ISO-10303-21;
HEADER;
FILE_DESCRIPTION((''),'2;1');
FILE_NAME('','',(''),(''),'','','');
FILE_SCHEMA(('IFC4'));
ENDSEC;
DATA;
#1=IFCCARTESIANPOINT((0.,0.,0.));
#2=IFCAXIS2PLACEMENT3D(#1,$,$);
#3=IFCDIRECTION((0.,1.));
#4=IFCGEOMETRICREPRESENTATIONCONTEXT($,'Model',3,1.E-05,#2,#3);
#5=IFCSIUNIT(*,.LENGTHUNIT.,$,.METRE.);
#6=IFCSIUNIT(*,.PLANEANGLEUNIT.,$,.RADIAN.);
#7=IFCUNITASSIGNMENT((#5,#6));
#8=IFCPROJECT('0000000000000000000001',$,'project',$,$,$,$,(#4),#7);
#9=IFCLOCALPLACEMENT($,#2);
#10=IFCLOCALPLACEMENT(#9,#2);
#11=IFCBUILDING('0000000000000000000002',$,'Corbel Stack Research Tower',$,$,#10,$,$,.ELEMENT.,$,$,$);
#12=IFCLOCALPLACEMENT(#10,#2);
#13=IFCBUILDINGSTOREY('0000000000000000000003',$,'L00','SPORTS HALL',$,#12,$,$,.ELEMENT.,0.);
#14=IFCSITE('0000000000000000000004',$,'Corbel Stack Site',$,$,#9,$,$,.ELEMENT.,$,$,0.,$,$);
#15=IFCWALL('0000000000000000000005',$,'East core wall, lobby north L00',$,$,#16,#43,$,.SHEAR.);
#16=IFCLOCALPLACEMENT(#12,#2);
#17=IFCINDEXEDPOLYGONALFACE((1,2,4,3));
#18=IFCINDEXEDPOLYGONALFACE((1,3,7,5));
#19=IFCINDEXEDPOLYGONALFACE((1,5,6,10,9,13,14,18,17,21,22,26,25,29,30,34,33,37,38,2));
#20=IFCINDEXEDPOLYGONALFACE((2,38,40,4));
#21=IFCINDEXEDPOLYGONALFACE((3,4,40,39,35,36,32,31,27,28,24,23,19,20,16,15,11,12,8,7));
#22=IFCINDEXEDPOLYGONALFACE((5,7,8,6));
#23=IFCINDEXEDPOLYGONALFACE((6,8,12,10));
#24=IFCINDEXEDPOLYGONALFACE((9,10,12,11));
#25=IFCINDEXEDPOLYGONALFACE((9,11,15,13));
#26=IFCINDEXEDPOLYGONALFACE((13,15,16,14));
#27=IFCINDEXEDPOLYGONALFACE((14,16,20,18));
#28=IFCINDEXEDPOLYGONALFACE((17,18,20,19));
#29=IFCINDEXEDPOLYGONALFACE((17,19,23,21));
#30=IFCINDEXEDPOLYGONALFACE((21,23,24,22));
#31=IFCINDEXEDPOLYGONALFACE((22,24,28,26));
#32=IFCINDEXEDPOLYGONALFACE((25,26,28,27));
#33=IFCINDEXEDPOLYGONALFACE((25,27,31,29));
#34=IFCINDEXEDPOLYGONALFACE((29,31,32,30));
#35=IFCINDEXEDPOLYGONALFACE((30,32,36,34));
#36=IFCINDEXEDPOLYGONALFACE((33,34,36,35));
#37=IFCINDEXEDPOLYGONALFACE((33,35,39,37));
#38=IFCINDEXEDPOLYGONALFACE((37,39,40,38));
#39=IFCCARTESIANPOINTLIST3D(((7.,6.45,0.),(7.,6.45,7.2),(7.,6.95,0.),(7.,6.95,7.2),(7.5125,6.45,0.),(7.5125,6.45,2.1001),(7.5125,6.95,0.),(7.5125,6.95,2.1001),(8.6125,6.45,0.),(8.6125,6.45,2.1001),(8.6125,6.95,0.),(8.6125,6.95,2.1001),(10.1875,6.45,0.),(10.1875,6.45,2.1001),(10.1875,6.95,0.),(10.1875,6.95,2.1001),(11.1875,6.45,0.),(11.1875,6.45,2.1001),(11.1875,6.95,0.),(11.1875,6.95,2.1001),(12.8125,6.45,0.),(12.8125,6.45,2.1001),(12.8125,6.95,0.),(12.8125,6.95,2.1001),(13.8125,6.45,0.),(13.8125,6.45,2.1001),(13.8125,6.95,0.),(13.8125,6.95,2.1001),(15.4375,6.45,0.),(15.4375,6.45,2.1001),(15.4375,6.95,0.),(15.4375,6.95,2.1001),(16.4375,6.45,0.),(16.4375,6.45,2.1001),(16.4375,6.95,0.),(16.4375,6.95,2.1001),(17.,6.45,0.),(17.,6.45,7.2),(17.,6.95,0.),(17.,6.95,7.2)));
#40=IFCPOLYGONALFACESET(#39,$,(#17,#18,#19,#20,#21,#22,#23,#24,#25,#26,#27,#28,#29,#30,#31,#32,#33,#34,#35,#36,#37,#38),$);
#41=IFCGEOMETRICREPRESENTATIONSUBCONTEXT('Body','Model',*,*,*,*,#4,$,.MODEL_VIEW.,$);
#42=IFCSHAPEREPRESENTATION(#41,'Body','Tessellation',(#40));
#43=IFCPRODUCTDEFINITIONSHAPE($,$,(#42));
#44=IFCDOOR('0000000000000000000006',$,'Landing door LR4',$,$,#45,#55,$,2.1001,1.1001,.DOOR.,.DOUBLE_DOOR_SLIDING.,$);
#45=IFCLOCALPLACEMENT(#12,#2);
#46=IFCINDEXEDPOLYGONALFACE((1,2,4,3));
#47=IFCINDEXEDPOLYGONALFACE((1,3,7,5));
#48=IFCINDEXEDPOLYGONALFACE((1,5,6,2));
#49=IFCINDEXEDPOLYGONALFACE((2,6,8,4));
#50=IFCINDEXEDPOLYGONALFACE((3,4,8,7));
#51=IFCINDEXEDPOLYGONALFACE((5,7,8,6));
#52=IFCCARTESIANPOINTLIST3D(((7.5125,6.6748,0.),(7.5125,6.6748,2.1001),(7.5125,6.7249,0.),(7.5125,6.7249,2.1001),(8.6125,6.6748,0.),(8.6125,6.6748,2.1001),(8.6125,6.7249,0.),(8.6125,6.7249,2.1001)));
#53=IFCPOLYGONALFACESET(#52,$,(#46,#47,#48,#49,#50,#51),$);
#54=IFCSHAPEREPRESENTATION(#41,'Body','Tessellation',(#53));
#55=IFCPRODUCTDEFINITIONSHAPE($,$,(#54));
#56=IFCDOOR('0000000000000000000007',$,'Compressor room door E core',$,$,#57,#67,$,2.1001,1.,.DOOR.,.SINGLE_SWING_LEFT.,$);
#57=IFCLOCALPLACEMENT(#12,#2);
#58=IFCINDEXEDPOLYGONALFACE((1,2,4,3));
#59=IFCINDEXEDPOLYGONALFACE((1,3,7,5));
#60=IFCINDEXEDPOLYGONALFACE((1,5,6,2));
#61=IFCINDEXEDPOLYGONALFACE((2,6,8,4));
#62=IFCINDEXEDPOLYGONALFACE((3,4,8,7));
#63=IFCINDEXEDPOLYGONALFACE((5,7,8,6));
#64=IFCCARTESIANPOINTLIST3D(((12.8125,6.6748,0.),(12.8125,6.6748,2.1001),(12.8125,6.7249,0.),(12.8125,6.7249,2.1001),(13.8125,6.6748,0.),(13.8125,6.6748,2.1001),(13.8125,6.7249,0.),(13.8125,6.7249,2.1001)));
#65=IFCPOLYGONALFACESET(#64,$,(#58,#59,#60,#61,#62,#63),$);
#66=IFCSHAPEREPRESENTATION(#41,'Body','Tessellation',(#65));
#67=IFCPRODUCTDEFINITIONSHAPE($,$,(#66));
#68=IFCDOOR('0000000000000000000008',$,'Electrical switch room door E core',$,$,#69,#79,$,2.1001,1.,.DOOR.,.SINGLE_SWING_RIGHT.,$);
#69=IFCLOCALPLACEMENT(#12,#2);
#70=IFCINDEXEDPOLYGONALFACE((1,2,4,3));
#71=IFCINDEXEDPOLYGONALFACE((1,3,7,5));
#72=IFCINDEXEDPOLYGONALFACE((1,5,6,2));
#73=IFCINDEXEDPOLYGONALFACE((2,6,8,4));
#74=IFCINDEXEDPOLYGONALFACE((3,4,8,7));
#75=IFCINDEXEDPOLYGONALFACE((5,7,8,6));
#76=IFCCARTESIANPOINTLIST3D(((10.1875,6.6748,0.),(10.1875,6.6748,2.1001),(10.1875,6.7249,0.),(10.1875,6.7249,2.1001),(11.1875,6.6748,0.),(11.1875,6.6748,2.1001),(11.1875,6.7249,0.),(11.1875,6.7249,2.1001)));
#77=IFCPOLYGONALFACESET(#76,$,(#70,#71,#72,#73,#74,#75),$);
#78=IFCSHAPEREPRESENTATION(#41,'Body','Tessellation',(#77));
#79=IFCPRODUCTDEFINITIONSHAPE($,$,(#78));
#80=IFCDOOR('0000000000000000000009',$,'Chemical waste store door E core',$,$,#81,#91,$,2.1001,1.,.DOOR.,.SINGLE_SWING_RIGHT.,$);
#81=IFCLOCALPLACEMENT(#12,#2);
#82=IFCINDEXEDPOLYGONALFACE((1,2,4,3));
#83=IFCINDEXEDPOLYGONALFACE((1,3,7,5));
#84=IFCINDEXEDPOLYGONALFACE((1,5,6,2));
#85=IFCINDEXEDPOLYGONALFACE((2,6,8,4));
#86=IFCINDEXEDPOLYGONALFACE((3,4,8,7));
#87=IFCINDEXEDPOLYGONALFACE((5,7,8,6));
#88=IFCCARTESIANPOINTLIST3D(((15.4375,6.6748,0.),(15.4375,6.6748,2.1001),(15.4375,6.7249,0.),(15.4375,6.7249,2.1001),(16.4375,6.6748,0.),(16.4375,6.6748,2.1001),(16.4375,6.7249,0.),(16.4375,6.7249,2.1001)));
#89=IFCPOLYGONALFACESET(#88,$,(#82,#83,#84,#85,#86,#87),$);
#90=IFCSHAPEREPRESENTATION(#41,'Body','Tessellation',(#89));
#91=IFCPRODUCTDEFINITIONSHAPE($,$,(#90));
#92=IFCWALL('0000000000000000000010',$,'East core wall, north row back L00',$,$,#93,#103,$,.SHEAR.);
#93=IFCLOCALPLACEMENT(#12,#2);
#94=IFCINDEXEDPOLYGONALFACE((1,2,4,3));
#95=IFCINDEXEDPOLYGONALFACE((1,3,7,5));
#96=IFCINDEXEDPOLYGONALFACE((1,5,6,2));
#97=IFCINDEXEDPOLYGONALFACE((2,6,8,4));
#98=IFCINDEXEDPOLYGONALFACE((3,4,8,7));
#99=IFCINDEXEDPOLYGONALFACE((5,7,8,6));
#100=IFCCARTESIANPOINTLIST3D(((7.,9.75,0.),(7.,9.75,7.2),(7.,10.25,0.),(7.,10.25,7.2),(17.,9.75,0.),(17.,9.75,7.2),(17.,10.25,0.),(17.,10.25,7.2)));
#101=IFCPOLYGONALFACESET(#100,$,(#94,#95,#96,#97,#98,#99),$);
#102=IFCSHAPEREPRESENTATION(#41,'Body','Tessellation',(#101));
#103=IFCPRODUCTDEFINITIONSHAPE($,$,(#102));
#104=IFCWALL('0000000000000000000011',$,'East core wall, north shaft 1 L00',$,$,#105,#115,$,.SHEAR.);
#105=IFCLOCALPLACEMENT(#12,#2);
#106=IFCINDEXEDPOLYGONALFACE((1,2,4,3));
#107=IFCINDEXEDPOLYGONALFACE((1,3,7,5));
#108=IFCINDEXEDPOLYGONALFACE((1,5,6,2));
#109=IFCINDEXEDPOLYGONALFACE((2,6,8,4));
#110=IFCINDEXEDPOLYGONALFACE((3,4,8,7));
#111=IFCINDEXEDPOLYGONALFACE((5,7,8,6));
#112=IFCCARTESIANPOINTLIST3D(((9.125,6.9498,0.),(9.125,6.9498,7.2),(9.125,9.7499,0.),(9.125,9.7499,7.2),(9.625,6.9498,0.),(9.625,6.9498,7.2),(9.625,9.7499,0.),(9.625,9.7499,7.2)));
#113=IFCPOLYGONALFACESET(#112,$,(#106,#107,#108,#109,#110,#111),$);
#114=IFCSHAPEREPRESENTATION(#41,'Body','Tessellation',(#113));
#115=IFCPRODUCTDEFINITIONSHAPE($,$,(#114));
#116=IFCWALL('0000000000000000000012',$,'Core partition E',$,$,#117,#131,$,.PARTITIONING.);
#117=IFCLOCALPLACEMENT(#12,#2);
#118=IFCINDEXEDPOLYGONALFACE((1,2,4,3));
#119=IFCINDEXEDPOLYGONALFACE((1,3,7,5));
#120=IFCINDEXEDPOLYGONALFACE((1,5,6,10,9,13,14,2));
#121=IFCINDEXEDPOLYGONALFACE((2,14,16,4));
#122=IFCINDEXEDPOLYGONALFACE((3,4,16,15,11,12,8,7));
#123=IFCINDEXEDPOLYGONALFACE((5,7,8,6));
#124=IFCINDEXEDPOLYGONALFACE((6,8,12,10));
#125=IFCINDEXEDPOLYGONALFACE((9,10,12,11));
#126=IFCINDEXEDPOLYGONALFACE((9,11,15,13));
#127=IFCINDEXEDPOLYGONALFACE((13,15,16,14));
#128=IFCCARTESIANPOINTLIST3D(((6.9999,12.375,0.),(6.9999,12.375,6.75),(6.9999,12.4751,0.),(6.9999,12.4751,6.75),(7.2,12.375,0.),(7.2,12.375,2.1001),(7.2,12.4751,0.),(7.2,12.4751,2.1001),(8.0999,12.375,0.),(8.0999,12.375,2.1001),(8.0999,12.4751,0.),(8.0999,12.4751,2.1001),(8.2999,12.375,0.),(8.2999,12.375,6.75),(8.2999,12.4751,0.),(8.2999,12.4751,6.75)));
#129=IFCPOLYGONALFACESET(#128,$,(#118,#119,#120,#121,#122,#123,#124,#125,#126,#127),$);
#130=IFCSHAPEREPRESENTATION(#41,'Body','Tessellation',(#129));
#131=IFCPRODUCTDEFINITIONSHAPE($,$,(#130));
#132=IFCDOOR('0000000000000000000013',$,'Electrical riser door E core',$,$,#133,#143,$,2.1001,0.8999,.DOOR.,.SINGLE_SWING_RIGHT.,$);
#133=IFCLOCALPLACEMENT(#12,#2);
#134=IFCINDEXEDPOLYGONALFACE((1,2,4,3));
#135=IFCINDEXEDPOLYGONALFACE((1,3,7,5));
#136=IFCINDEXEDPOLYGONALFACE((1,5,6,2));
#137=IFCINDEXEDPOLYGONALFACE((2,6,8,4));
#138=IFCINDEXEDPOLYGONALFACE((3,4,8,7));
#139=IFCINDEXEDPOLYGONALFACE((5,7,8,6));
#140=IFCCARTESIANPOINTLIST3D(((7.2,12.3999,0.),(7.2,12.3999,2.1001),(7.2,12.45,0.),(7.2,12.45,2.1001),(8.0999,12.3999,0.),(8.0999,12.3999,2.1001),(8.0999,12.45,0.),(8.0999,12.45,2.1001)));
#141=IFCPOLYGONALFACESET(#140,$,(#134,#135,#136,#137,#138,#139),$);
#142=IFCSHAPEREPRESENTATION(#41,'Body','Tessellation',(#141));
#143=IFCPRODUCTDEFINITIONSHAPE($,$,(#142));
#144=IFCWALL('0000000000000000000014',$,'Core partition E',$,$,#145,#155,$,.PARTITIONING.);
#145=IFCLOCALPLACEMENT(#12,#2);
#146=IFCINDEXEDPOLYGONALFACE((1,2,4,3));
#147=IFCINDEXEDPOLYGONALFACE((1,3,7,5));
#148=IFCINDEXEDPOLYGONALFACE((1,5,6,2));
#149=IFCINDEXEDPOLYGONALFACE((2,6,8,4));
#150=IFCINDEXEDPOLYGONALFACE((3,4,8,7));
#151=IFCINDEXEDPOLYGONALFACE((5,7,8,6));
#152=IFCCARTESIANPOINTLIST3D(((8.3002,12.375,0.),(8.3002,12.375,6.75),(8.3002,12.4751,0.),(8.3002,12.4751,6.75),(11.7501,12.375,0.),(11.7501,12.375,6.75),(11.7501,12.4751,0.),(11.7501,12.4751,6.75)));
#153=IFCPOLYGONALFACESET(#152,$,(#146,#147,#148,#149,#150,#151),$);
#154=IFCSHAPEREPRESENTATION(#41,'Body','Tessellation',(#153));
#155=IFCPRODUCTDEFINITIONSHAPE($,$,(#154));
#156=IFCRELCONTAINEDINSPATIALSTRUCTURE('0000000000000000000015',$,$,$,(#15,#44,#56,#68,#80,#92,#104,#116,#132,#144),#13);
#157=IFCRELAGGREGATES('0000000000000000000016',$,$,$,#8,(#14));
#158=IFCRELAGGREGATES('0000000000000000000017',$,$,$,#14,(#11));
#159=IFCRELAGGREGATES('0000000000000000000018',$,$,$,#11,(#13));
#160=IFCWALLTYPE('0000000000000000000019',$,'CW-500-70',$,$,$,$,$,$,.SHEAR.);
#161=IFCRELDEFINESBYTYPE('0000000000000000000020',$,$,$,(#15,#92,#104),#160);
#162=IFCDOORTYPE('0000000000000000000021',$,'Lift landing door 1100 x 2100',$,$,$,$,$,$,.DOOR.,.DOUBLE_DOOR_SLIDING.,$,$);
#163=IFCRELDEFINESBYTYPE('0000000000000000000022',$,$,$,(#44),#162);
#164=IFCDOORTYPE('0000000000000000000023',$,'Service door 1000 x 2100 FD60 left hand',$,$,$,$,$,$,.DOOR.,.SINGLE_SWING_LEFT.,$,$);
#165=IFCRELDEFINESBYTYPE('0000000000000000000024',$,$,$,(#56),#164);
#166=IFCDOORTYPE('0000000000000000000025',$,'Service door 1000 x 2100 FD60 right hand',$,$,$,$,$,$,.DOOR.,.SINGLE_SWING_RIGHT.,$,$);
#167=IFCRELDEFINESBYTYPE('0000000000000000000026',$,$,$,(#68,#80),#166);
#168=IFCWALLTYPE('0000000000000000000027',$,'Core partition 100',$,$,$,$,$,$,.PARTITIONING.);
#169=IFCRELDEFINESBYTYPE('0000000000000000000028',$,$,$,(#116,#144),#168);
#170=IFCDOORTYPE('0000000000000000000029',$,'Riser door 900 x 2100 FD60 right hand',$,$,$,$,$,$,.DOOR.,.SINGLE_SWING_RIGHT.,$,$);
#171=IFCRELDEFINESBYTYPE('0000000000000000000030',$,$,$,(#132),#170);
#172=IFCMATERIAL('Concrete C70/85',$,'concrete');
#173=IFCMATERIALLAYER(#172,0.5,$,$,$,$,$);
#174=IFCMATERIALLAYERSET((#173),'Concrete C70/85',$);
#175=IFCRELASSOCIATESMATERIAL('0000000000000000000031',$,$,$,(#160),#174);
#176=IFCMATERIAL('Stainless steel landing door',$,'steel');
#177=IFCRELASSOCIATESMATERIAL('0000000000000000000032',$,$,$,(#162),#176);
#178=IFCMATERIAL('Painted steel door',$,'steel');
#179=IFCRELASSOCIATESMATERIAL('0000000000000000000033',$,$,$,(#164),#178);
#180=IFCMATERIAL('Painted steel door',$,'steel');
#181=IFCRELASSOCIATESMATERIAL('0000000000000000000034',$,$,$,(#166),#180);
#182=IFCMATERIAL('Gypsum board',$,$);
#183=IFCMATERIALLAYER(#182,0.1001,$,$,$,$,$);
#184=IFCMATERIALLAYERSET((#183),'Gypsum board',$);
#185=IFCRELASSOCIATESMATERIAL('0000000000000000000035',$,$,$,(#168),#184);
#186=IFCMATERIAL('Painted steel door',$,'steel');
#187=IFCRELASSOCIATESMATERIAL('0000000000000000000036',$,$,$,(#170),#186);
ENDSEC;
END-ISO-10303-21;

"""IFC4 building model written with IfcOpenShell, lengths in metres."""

from ifc_helpers import new_model, si_unit, direction, frame, frame_2d, origin, place, context, subcontext, project, spatial, rectangle, extrude, material, layer, layer_set, type_object, element, fill, save


model = new_model("IFC4")

# Units and contexts
model_context = context("Model", 3, precision=1e-05, world=origin(), true_north=direction((0.0, 1.0)))
body_context = subcontext(model_context, "Body", "Model", "MODEL_VIEW")
ifc_project = project(units=[si_unit("LENGTHUNIT", "METRE"), si_unit("PLANEANGLEUNIT", "RADIAN")], contexts=[model_context])

# Site, building, storey
site_placement = place(None, origin())
site = spatial("IfcSite", under=ifc_project, at=site_placement, Name="Corbel Stack Site", CompositionType="ELEMENT", RefElevation=0.0)
building_placement = place(site_placement, origin())
building = spatial("IfcBuilding", under=site, at=building_placement, Name="Corbel Stack Research Tower", CompositionType="ELEMENT")
storey_placement = place(building_placement, origin())
storey = spatial("IfcBuildingStorey", under=building, at=storey_placement, Name="L00", Description="SPORTS HALL", CompositionType="ELEMENT", Elevation=0.0)

# Wall, openings, doors
ifc_material_1 = material(Name="Concrete C70/85", Category="concrete")
ifc_layer_1 = layer(ifc_material_1, 0.5)
ifc_layer_set_1 = layer_set([ifc_layer_1], Name="Concrete C70/85")
wall_type_1 = type_object("IfcWallType", Name="CW-500-70", PredefinedType="SHEAR", material=ifc_layer_set_1)
ifc_material_2 = material(Name="Stainless steel landing door", Category="steel")
door_type_1 = type_object("IfcDoorType", Name="Lift landing door 1100 x 2100", OperationType="DOUBLE_DOOR_SLIDING", PredefinedType="DOOR", material=ifc_material_2)
wall_1_placement = place(storey_placement, frame((7.0, 6.7, 0.0), z_axis=(0.0, 0.0, 1.0), x_axis=(1.0, 0.0, 0.0)))
wall_1 = element("IfcWall", 1, at=wall_1_placement, inside=storey, type_object=wall_type_1, Name="East core wall, lobby north L00", PredefinedType="SHEAR", context=body_context, shape_type="SweptSolid", body=[
    extrude(rectangle(XDim=10.0, YDim=0.5, at=frame_2d((5.0, 0.0))), origin(), (0.0, 0.0, 1.0), 7.2),
])
opening_1_placement = place(wall_1_placement, frame((0.5125, 0.0, 0.0)))
opening_1 = element("IfcOpeningElement", 2, at=opening_1_placement, cuts=wall_1, PredefinedType="OPENING", context=body_context, shape_type="SweptSolid", body=[
    extrude(rectangle(XDim=1.1001, YDim=2.1001, at=frame_2d((0.55, 1.05))), frame((0.0, 0.26, 0.0), z_axis=(0.0, -1.0, 0.0), x_axis=(1.0, 0.0, 0.0)), (0.0, 0.0, 1.0), 0.52),
])
opening_2_placement = place(wall_1_placement, frame((3.1875, 0.0, 0.0)))
opening_2 = element("IfcOpeningElement", 3, at=opening_2_placement, cuts=wall_1, PredefinedType="OPENING", context=body_context, shape_type="SweptSolid", body=[
    extrude(rectangle(XDim=1.0, YDim=2.1001, at=frame_2d((0.5, 1.05))), frame((0.0, 0.26, 0.0), z_axis=(0.0, -1.0, 0.0), x_axis=(1.0, 0.0, 0.0)), (0.0, 0.0, 1.0), 0.52),
])
opening_3_placement = place(wall_1_placement, frame((5.8125, 0.0, 0.0)))
opening_3 = element("IfcOpeningElement", 4, at=opening_3_placement, cuts=wall_1, PredefinedType="OPENING", context=body_context, shape_type="SweptSolid", body=[
    extrude(rectangle(XDim=1.0, YDim=2.1001, at=frame_2d((0.5, 1.05))), frame((0.0, 0.26, 0.0), z_axis=(0.0, -1.0, 0.0), x_axis=(1.0, 0.0, 0.0)), (0.0, 0.0, 1.0), 0.52),
])
opening_4_placement = place(wall_1_placement, frame((8.4375, 0.0, 0.0)))
opening_4 = element("IfcOpeningElement", 5, at=opening_4_placement, cuts=wall_1, PredefinedType="OPENING", context=body_context, shape_type="SweptSolid", body=[
    extrude(rectangle(XDim=1.0, YDim=2.1001, at=frame_2d((0.5, 1.05))), frame((0.0, 0.26, 0.0), z_axis=(0.0, -1.0, 0.0), x_axis=(1.0, 0.0, 0.0)), (0.0, 0.0, 1.0), 0.52),
])
door_1_placement = place(opening_1_placement, origin())
door_1 = element("IfcDoor", 6, at=door_1_placement, inside=storey, type_object=door_type_1, Name="Landing door LR4", OperationType="DOUBLE_DOOR_SLIDING", OverallHeight=2.1001, OverallWidth=1.1001, PredefinedType="DOOR", context=body_context, shape_type="SweptSolid", body=[
    extrude(rectangle(XDim=1.1001, YDim=2.1001, at=frame_2d((0.55, 1.05))), frame((0.0, 0.0249, 0.0), z_axis=(0.0, -1.0, 0.0), x_axis=(1.0, 0.0, 0.0)), (0.0, 0.0, 1.0), 0.05),
])
fill(opening_1, door_1)
ifc_material_3 = material(Name="Painted steel door", Category="steel")
door_type_2 = type_object("IfcDoorType", Name="Service door 1000 x 2100 FD60 left hand", OperationType="SINGLE_SWING_LEFT", PredefinedType="DOOR", material=ifc_material_3)
door_2_placement = place(opening_3_placement, origin())
door_2 = element("IfcDoor", 7, at=door_2_placement, inside=storey, type_object=door_type_2, Name="Compressor room door E core", OperationType="SINGLE_SWING_LEFT", OverallHeight=2.1001, OverallWidth=1.0, PredefinedType="DOOR", context=body_context, shape_type="SweptSolid", body=[
    extrude(rectangle(XDim=1.0, YDim=2.1001, at=frame_2d((0.5, 1.05))), frame((0.0, 0.0249, 0.0), z_axis=(0.0, -1.0, 0.0), x_axis=(1.0, 0.0, 0.0)), (0.0, 0.0, 1.0), 0.05),
])
fill(opening_3, door_2)
ifc_material_4 = material(Name="Painted steel door", Category="steel")
door_type_3 = type_object("IfcDoorType", Name="Service door 1000 x 2100 FD60 right hand", OperationType="SINGLE_SWING_RIGHT", PredefinedType="DOOR", material=ifc_material_4)
door_3_placement = place(opening_2_placement, origin())
door_3 = element("IfcDoor", 8, at=door_3_placement, inside=storey, type_object=door_type_3, Name="Electrical switch room door E core", OperationType="SINGLE_SWING_RIGHT", OverallHeight=2.1001, OverallWidth=1.0, PredefinedType="DOOR", context=body_context, shape_type="SweptSolid", body=[
    extrude(rectangle(XDim=1.0, YDim=2.1001, at=frame_2d((0.5, 1.05))), frame((0.0, 0.0249, 0.0), z_axis=(0.0, -1.0, 0.0), x_axis=(1.0, 0.0, 0.0)), (0.0, 0.0, 1.0), 0.05),
])
fill(opening_2, door_3)
door_4_placement = place(opening_4_placement, origin())
door_4 = element("IfcDoor", 9, at=door_4_placement, inside=storey, type_object=door_type_3, Name="Chemical waste store door E core", OperationType="SINGLE_SWING_RIGHT", OverallHeight=2.1001, OverallWidth=1.0, PredefinedType="DOOR", context=body_context, shape_type="SweptSolid", body=[
    extrude(rectangle(XDim=1.0, YDim=2.1001, at=frame_2d((0.5, 1.05))), frame((0.0, 0.0249, 0.0), z_axis=(0.0, -1.0, 0.0), x_axis=(1.0, 0.0, 0.0)), (0.0, 0.0, 1.0), 0.05),
])
fill(opening_4, door_4)

# Walls
wall_2_placement = place(storey_placement, frame((7.0, 10.0, 0.0), z_axis=(0.0, 0.0, 1.0), x_axis=(1.0, 0.0, 0.0)))
element("IfcWall", 10, at=wall_2_placement, inside=storey, type_object=wall_type_1, Name="East core wall, north row back L00", PredefinedType="SHEAR", context=body_context, shape_type="SweptSolid", body=[
    extrude(rectangle(XDim=10.0, YDim=0.5, at=frame_2d((5.0, 0.0))), origin(), (0.0, 0.0, 1.0), 7.2),
])
wall_3_placement = place(storey_placement, frame((9.375, 6.95, 0.0), z_axis=(0.0, 0.0, 1.0), x_axis=(0.0, 1.0, 0.0)))
element("IfcWall", 11, at=wall_3_placement, inside=storey, type_object=wall_type_1, Name="East core wall, north shaft 1 L00", PredefinedType="SHEAR", context=body_context, shape_type="SweptSolid", body=[
    extrude(rectangle(XDim=2.8, YDim=0.5, at=frame_2d((1.3999, 0.0))), origin(), (0.0, 0.0, 1.0), 7.2),
])

# Wall, opening, door
ifc_material_5 = material(Name="Gypsum board")
ifc_layer_2 = layer(ifc_material_5, 0.1001)
ifc_layer_set_2 = layer_set([ifc_layer_2], Name="Gypsum board")
wall_type_2 = type_object("IfcWallType", Name="Core partition 100", PredefinedType="PARTITIONING", material=ifc_layer_set_2)
wall_4_placement = place(storey_placement, frame((7.0, 12.425, 0.0), z_axis=(0.0, 0.0, 1.0), x_axis=(1.0, 0.0, 0.0)))
wall_4 = element("IfcWall", 12, at=wall_4_placement, inside=storey, type_object=wall_type_2, Name="Core partition E", PredefinedType="PARTITIONING", context=body_context, shape_type="SweptSolid", body=[
    extrude(rectangle(XDim=1.3, YDim=0.1001, at=frame_2d((0.6499, 0.0))), origin(), (0.0, 0.0, 1.0), 6.75),
])
opening_5_placement = place(wall_4_placement, frame((0.2, 0.0, 0.0)))
opening_5 = element("IfcOpeningElement", 13, at=opening_5_placement, cuts=wall_4, PredefinedType="OPENING", context=body_context, shape_type="SweptSolid", body=[
    extrude(rectangle(XDim=0.8999, YDim=2.1001, at=frame_2d((0.45, 1.05))), frame((0.0, 0.0601, 0.0), z_axis=(0.0, -1.0, 0.0), x_axis=(1.0, 0.0, 0.0)), (0.0, 0.0, 1.0), 0.1201),
])
ifc_material_6 = material(Name="Painted steel door", Category="steel")
door_type_4 = type_object("IfcDoorType", Name="Riser door 900 x 2100 FD60 right hand", OperationType="SINGLE_SWING_RIGHT", PredefinedType="DOOR", material=ifc_material_6)
door_5_placement = place(opening_5_placement, origin())
door_5 = element("IfcDoor", 14, at=door_5_placement, inside=storey, type_object=door_type_4, Name="Electrical riser door E core", OperationType="SINGLE_SWING_RIGHT", OverallHeight=2.1001, OverallWidth=0.8999, PredefinedType="DOOR", context=body_context, shape_type="SweptSolid", body=[
    extrude(rectangle(XDim=0.8999, YDim=2.1001, at=frame_2d((0.45, 1.05))), frame((0.0, 0.0249, 0.0), z_axis=(0.0, -1.0, 0.0), x_axis=(1.0, 0.0, 0.0)), (0.0, 0.0, 1.0), 0.05),
])
fill(opening_5, door_5)

# Wall
wall_5_placement = place(storey_placement, frame((8.3, 12.425, 0.0), z_axis=(0.0, 0.0, 1.0), x_axis=(1.0, 0.0, 0.0)))
element("IfcWall", 15, at=wall_5_placement, inside=storey, type_object=wall_type_2, Name="Core partition E", PredefinedType="PARTITIONING", context=body_context, shape_type="SweptSolid", body=[
    extrude(rectangle(XDim=3.45, YDim=0.1001, at=frame_2d((1.7251, 0.0))), origin(), (0.0, 0.0, 1.0), 6.75),
])

save(model, "model.ifc")
